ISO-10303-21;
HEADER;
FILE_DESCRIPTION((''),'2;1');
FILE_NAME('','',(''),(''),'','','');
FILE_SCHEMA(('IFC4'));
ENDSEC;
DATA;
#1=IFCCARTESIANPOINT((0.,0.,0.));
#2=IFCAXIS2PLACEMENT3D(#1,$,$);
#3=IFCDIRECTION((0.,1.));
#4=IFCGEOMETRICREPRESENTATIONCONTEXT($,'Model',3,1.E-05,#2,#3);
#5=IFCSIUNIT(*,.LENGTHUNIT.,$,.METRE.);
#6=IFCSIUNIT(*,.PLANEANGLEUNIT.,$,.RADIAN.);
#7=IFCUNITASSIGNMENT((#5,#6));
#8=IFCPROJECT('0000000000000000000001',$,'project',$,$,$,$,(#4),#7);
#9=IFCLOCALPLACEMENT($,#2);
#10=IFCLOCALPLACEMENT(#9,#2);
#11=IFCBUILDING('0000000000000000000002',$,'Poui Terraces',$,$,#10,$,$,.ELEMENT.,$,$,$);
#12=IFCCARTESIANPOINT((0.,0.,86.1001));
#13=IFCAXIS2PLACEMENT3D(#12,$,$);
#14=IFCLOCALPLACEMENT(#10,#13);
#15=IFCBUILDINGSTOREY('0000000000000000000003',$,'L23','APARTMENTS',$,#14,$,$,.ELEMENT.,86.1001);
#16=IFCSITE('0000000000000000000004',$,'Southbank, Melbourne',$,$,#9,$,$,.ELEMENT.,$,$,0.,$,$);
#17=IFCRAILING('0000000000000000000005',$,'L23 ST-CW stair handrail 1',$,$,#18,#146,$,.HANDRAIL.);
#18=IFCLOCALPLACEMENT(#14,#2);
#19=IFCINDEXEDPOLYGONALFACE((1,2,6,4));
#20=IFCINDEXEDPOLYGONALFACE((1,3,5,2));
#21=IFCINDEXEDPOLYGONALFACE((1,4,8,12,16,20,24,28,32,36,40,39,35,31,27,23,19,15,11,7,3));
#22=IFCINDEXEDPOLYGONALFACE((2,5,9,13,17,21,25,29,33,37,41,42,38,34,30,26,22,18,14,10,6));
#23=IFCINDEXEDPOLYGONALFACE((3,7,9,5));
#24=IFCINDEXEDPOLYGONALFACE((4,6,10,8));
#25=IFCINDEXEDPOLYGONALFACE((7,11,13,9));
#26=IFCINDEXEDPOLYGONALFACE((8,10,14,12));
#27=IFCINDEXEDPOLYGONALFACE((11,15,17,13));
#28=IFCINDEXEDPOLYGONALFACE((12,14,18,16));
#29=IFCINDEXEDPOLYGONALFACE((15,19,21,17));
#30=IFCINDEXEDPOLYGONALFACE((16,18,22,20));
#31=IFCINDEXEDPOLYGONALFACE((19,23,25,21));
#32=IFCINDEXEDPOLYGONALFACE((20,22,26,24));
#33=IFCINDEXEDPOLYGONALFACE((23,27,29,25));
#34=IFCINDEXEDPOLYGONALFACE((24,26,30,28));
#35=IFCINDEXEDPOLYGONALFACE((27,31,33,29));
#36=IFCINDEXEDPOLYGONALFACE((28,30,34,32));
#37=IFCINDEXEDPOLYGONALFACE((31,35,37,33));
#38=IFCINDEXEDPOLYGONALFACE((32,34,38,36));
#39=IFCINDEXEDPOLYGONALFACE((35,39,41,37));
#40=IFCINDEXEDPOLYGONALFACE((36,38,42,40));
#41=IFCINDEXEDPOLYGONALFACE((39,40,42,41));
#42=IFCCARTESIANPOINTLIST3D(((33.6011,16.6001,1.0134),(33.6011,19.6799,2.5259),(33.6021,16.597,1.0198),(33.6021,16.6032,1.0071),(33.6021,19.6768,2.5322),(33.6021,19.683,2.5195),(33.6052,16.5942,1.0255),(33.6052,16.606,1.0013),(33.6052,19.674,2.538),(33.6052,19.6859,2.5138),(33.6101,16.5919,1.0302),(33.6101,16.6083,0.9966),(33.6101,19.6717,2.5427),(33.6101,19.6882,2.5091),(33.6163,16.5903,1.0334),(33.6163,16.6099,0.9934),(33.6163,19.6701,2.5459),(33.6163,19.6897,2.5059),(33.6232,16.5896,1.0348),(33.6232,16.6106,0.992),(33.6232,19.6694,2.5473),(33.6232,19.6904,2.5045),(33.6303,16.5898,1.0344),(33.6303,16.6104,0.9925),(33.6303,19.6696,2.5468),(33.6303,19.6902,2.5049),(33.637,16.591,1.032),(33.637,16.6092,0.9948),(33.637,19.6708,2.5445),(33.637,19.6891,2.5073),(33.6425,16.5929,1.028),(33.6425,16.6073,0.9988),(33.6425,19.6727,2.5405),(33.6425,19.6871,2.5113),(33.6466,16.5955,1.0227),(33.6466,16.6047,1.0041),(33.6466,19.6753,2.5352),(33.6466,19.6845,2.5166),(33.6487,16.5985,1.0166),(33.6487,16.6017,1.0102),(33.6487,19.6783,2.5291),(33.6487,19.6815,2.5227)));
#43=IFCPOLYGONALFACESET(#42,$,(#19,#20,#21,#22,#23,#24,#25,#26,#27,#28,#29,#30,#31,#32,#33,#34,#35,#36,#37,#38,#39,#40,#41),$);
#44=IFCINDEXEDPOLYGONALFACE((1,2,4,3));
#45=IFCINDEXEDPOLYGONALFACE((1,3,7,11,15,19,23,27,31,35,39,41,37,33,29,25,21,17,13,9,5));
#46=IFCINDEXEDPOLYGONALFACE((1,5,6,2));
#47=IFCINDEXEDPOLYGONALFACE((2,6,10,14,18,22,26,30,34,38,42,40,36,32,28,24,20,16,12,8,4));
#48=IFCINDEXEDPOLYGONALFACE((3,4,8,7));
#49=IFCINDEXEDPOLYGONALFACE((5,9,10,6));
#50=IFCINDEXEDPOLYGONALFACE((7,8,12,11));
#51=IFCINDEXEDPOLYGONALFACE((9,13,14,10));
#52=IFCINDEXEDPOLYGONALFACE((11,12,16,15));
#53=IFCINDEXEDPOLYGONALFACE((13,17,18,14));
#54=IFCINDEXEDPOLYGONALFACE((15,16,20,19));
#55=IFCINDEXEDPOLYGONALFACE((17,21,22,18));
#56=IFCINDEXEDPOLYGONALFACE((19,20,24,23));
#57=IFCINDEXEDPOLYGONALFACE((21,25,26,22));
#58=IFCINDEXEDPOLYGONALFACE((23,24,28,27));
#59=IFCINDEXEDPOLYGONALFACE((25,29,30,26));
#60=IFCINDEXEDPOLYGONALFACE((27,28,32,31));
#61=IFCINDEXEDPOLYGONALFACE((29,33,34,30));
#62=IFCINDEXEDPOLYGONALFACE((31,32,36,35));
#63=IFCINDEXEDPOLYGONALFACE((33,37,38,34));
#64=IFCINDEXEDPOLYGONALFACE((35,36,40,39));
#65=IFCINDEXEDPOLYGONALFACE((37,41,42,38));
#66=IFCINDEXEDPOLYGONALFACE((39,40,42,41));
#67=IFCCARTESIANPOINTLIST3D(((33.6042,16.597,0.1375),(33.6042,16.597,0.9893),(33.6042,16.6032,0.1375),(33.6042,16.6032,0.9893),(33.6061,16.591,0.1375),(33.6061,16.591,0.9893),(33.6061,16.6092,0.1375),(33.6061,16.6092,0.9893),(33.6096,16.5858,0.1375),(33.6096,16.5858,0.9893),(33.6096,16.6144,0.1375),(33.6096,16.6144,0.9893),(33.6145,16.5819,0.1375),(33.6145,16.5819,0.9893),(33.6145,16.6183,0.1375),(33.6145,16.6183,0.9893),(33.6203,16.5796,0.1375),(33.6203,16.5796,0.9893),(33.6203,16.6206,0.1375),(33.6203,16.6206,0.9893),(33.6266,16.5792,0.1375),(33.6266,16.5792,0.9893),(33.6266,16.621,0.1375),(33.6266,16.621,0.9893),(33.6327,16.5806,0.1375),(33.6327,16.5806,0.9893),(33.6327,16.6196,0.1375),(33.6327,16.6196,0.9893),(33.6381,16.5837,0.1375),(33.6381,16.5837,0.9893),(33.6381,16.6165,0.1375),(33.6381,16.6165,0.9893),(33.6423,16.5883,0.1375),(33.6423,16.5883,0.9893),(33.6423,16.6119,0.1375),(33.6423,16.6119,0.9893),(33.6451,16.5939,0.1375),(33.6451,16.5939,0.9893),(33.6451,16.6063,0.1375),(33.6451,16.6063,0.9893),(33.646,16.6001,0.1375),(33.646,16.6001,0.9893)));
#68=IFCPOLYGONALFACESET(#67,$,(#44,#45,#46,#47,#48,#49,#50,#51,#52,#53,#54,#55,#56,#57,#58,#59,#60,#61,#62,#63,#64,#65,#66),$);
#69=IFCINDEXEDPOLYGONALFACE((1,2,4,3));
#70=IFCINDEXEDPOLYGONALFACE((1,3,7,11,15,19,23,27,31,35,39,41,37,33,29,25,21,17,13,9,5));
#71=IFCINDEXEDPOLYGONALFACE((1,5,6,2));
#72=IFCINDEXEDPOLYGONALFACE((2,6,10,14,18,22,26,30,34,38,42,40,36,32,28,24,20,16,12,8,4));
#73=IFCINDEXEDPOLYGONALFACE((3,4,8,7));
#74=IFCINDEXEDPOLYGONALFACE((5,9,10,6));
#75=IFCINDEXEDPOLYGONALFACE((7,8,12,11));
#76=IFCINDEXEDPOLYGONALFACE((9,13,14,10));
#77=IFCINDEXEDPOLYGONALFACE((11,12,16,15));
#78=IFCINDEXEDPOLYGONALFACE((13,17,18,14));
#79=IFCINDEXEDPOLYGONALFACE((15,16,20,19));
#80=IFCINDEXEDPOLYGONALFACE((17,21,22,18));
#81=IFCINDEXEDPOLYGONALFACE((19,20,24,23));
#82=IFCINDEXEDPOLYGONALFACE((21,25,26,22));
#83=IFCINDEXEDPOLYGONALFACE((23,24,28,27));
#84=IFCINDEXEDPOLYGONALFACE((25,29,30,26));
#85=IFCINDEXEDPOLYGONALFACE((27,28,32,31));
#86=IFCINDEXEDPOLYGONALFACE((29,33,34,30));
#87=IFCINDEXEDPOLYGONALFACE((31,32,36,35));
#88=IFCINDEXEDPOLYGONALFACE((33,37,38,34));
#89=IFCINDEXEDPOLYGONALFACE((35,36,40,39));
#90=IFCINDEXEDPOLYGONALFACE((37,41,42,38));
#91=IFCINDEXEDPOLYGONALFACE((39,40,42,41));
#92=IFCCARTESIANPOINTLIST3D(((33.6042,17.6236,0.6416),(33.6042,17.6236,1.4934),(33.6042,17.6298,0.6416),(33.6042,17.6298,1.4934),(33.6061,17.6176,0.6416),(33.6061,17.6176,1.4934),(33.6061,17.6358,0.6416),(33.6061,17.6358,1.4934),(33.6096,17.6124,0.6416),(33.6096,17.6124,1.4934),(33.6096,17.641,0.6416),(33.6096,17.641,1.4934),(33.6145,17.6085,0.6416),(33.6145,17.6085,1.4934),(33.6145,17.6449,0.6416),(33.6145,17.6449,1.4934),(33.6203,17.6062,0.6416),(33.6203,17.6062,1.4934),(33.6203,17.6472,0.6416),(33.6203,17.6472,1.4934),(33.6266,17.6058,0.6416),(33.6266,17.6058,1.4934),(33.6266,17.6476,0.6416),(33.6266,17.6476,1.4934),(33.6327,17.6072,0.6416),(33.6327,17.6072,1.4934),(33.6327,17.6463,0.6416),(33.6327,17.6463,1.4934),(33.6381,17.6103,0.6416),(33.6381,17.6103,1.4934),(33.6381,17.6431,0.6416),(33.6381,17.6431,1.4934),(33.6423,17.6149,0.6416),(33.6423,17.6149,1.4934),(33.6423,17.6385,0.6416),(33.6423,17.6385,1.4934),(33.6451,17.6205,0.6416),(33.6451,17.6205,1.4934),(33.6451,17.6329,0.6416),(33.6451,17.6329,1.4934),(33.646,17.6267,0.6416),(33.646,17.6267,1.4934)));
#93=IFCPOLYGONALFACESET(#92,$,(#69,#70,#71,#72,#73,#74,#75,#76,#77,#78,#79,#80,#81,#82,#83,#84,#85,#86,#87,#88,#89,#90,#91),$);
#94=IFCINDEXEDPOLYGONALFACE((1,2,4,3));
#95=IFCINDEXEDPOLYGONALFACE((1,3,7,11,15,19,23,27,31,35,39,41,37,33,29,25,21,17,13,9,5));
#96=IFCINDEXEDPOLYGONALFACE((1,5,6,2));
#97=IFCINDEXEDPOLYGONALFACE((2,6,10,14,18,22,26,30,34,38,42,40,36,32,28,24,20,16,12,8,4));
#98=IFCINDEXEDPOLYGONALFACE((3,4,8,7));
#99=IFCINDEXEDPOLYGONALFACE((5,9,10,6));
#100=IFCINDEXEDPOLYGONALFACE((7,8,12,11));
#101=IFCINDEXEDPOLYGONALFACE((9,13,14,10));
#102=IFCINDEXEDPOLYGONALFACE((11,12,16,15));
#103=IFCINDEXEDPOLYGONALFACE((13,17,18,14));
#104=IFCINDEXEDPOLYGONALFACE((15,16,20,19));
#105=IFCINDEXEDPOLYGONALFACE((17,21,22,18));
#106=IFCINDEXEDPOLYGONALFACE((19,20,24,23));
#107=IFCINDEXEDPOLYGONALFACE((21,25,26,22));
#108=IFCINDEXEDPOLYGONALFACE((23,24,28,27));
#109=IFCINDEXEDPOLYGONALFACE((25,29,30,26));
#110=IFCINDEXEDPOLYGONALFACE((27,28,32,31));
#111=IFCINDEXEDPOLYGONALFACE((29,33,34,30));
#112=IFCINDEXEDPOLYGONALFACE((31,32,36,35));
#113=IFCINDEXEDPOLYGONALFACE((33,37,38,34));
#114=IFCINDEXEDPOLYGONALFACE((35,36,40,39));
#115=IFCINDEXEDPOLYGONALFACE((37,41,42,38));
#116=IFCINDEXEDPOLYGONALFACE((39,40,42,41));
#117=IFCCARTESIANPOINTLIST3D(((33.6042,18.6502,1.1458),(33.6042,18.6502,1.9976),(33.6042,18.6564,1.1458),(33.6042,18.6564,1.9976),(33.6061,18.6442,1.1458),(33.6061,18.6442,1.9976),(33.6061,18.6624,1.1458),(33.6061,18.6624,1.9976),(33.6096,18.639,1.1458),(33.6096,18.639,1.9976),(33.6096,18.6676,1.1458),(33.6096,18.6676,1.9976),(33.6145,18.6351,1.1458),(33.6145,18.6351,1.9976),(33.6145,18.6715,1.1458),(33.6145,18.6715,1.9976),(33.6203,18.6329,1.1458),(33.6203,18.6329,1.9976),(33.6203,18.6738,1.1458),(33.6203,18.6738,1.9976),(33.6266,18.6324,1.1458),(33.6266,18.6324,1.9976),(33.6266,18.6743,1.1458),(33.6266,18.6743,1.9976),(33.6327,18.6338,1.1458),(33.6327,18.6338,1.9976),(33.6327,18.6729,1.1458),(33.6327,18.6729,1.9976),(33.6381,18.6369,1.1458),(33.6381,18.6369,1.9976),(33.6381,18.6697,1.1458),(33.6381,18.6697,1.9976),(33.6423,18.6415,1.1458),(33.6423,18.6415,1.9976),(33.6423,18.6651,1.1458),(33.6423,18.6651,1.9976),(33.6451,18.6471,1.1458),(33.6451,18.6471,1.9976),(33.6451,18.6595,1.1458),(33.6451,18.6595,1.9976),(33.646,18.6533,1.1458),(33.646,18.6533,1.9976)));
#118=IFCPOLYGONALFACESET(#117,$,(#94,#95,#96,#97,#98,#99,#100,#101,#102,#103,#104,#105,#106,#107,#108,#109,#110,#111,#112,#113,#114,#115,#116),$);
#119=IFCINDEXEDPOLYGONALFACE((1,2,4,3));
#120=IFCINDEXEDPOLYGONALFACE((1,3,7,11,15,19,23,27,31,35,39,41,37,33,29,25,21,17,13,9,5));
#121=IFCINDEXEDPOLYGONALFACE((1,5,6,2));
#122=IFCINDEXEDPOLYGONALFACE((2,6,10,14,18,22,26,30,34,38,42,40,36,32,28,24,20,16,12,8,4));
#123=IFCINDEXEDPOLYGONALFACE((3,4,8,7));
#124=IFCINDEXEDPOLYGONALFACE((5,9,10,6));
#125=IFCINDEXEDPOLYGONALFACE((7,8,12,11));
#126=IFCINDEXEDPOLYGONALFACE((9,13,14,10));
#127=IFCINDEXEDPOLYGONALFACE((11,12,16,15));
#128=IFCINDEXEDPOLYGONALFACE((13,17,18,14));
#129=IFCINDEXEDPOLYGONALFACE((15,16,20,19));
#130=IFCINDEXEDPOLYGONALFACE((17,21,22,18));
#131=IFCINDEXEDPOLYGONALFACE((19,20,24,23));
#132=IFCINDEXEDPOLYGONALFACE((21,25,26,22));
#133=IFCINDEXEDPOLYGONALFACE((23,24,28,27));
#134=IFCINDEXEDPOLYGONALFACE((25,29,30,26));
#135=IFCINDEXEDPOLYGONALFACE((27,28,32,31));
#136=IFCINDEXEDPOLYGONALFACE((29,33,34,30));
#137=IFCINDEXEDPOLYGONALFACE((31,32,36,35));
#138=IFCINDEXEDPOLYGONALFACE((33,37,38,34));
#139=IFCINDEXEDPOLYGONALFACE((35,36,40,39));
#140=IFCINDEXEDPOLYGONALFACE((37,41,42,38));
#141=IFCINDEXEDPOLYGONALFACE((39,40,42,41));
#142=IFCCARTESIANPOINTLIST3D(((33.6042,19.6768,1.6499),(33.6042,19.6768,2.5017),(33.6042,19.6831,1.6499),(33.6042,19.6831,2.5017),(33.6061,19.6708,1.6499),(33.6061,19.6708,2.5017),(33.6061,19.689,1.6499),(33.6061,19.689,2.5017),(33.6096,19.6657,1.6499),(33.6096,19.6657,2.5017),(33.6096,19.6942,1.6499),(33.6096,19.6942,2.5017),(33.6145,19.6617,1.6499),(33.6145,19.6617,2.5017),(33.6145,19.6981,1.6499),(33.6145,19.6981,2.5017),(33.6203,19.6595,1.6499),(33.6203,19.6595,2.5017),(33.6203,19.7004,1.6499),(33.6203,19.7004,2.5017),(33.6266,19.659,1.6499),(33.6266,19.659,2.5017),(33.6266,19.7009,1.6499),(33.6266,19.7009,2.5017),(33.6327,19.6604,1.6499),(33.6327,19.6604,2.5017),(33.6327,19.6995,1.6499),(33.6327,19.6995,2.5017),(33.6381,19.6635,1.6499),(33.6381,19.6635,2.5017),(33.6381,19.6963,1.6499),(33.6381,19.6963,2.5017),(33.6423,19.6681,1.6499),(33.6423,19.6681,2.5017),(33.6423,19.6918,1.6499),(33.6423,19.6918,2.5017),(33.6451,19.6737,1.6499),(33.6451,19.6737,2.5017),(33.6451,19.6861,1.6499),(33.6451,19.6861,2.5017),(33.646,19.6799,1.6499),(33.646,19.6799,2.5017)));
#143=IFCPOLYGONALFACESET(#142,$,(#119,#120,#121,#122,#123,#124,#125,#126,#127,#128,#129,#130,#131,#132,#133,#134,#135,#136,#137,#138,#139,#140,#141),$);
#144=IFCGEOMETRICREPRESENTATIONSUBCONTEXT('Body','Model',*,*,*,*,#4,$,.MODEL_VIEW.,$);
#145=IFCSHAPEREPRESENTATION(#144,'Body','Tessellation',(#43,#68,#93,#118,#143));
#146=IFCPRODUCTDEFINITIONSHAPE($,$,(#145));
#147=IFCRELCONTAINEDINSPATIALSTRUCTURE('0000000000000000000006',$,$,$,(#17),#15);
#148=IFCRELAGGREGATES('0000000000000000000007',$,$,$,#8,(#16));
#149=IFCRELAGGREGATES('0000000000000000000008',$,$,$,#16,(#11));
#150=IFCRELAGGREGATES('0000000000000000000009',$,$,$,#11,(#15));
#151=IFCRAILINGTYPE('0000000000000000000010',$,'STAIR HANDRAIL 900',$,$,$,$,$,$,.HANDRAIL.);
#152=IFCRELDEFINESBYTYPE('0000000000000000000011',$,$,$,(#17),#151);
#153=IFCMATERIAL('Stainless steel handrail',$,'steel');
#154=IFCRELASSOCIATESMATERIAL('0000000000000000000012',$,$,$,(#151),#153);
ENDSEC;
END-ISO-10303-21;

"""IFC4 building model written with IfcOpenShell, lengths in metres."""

from ifc_helpers import new_model, si_unit, direction, frame, origin, origin_2d, place, context, subcontext, project, spatial, circle, extrude, material, type_object, element, save


model = new_model("IFC4")

# Units and contexts
model_context = context("Model", 3, precision=1e-05, world=origin(), true_north=direction((0.0, 1.0)))
body_context = subcontext(model_context, "Body", "Model", "MODEL_VIEW")
ifc_project = project(units=[si_unit("LENGTHUNIT", "METRE"), si_unit("PLANEANGLEUNIT", "RADIAN")], contexts=[model_context])

# Site, building, storey
site_placement = place(None, origin())
site = spatial("IfcSite", under=ifc_project, at=site_placement, Name="Southbank, Melbourne", CompositionType="ELEMENT", RefElevation=0.0)
building_placement = place(site_placement, origin())
building = spatial("IfcBuilding", under=site, at=building_placement, Name="Poui Terraces", CompositionType="ELEMENT")
storey_placement = place(building_placement, frame((0.0, 0.0, 86.1001)))
storey = spatial("IfcBuildingStorey", under=building, at=storey_placement, Name="L23", Description="APARTMENTS", CompositionType="ELEMENT", Elevation=86.1001)

# Railing
ifc_material_1 = material(Name="Stainless steel handrail", Category="steel")
railing_type_1 = type_object("IfcRailingType", Name="STAIR HANDRAIL 900", PredefinedType="HANDRAIL", material=ifc_material_1)
railing_1_placement = place(storey_placement, frame((33.625, 16.6001, 0.1375)))
element("IfcRailing", 1, at=railing_1_placement, inside=storey, type_object=railing_type_1, Name="L23 ST-CW stair handrail 1", PredefinedType="HANDRAIL", context=body_context, shape_type="SweptSolid", body=[
    extrude(circle(Radius=0.0239, at=origin_2d()), frame((0.0, 0.0, 0.876), z_axis=(0.0, 0.897606, 0.440798), x_axis=(-1.0, 0.0, 0.0)), (0.0, 0.0, 1.0), 3.4312),
    extrude(circle(Radius=0.021, at=origin_2d()), origin(), (0.0, 0.0, 1.0), 0.8518),
    extrude(circle(Radius=0.021, at=origin_2d()), frame((0.0, 1.0266, 0.5042)), (0.0, 0.0, 1.0), 0.8518),
    extrude(circle(Radius=0.021, at=origin_2d()), frame((0.0, 2.0532, 1.0083)), (0.0, 0.0, 1.0), 0.8518),
    extrude(circle(Radius=0.021, at=origin_2d()), frame((0.0, 3.0798, 1.5125)), (0.0, 0.0, 1.0), 0.8518),
])

save(model, "model.ifc")
